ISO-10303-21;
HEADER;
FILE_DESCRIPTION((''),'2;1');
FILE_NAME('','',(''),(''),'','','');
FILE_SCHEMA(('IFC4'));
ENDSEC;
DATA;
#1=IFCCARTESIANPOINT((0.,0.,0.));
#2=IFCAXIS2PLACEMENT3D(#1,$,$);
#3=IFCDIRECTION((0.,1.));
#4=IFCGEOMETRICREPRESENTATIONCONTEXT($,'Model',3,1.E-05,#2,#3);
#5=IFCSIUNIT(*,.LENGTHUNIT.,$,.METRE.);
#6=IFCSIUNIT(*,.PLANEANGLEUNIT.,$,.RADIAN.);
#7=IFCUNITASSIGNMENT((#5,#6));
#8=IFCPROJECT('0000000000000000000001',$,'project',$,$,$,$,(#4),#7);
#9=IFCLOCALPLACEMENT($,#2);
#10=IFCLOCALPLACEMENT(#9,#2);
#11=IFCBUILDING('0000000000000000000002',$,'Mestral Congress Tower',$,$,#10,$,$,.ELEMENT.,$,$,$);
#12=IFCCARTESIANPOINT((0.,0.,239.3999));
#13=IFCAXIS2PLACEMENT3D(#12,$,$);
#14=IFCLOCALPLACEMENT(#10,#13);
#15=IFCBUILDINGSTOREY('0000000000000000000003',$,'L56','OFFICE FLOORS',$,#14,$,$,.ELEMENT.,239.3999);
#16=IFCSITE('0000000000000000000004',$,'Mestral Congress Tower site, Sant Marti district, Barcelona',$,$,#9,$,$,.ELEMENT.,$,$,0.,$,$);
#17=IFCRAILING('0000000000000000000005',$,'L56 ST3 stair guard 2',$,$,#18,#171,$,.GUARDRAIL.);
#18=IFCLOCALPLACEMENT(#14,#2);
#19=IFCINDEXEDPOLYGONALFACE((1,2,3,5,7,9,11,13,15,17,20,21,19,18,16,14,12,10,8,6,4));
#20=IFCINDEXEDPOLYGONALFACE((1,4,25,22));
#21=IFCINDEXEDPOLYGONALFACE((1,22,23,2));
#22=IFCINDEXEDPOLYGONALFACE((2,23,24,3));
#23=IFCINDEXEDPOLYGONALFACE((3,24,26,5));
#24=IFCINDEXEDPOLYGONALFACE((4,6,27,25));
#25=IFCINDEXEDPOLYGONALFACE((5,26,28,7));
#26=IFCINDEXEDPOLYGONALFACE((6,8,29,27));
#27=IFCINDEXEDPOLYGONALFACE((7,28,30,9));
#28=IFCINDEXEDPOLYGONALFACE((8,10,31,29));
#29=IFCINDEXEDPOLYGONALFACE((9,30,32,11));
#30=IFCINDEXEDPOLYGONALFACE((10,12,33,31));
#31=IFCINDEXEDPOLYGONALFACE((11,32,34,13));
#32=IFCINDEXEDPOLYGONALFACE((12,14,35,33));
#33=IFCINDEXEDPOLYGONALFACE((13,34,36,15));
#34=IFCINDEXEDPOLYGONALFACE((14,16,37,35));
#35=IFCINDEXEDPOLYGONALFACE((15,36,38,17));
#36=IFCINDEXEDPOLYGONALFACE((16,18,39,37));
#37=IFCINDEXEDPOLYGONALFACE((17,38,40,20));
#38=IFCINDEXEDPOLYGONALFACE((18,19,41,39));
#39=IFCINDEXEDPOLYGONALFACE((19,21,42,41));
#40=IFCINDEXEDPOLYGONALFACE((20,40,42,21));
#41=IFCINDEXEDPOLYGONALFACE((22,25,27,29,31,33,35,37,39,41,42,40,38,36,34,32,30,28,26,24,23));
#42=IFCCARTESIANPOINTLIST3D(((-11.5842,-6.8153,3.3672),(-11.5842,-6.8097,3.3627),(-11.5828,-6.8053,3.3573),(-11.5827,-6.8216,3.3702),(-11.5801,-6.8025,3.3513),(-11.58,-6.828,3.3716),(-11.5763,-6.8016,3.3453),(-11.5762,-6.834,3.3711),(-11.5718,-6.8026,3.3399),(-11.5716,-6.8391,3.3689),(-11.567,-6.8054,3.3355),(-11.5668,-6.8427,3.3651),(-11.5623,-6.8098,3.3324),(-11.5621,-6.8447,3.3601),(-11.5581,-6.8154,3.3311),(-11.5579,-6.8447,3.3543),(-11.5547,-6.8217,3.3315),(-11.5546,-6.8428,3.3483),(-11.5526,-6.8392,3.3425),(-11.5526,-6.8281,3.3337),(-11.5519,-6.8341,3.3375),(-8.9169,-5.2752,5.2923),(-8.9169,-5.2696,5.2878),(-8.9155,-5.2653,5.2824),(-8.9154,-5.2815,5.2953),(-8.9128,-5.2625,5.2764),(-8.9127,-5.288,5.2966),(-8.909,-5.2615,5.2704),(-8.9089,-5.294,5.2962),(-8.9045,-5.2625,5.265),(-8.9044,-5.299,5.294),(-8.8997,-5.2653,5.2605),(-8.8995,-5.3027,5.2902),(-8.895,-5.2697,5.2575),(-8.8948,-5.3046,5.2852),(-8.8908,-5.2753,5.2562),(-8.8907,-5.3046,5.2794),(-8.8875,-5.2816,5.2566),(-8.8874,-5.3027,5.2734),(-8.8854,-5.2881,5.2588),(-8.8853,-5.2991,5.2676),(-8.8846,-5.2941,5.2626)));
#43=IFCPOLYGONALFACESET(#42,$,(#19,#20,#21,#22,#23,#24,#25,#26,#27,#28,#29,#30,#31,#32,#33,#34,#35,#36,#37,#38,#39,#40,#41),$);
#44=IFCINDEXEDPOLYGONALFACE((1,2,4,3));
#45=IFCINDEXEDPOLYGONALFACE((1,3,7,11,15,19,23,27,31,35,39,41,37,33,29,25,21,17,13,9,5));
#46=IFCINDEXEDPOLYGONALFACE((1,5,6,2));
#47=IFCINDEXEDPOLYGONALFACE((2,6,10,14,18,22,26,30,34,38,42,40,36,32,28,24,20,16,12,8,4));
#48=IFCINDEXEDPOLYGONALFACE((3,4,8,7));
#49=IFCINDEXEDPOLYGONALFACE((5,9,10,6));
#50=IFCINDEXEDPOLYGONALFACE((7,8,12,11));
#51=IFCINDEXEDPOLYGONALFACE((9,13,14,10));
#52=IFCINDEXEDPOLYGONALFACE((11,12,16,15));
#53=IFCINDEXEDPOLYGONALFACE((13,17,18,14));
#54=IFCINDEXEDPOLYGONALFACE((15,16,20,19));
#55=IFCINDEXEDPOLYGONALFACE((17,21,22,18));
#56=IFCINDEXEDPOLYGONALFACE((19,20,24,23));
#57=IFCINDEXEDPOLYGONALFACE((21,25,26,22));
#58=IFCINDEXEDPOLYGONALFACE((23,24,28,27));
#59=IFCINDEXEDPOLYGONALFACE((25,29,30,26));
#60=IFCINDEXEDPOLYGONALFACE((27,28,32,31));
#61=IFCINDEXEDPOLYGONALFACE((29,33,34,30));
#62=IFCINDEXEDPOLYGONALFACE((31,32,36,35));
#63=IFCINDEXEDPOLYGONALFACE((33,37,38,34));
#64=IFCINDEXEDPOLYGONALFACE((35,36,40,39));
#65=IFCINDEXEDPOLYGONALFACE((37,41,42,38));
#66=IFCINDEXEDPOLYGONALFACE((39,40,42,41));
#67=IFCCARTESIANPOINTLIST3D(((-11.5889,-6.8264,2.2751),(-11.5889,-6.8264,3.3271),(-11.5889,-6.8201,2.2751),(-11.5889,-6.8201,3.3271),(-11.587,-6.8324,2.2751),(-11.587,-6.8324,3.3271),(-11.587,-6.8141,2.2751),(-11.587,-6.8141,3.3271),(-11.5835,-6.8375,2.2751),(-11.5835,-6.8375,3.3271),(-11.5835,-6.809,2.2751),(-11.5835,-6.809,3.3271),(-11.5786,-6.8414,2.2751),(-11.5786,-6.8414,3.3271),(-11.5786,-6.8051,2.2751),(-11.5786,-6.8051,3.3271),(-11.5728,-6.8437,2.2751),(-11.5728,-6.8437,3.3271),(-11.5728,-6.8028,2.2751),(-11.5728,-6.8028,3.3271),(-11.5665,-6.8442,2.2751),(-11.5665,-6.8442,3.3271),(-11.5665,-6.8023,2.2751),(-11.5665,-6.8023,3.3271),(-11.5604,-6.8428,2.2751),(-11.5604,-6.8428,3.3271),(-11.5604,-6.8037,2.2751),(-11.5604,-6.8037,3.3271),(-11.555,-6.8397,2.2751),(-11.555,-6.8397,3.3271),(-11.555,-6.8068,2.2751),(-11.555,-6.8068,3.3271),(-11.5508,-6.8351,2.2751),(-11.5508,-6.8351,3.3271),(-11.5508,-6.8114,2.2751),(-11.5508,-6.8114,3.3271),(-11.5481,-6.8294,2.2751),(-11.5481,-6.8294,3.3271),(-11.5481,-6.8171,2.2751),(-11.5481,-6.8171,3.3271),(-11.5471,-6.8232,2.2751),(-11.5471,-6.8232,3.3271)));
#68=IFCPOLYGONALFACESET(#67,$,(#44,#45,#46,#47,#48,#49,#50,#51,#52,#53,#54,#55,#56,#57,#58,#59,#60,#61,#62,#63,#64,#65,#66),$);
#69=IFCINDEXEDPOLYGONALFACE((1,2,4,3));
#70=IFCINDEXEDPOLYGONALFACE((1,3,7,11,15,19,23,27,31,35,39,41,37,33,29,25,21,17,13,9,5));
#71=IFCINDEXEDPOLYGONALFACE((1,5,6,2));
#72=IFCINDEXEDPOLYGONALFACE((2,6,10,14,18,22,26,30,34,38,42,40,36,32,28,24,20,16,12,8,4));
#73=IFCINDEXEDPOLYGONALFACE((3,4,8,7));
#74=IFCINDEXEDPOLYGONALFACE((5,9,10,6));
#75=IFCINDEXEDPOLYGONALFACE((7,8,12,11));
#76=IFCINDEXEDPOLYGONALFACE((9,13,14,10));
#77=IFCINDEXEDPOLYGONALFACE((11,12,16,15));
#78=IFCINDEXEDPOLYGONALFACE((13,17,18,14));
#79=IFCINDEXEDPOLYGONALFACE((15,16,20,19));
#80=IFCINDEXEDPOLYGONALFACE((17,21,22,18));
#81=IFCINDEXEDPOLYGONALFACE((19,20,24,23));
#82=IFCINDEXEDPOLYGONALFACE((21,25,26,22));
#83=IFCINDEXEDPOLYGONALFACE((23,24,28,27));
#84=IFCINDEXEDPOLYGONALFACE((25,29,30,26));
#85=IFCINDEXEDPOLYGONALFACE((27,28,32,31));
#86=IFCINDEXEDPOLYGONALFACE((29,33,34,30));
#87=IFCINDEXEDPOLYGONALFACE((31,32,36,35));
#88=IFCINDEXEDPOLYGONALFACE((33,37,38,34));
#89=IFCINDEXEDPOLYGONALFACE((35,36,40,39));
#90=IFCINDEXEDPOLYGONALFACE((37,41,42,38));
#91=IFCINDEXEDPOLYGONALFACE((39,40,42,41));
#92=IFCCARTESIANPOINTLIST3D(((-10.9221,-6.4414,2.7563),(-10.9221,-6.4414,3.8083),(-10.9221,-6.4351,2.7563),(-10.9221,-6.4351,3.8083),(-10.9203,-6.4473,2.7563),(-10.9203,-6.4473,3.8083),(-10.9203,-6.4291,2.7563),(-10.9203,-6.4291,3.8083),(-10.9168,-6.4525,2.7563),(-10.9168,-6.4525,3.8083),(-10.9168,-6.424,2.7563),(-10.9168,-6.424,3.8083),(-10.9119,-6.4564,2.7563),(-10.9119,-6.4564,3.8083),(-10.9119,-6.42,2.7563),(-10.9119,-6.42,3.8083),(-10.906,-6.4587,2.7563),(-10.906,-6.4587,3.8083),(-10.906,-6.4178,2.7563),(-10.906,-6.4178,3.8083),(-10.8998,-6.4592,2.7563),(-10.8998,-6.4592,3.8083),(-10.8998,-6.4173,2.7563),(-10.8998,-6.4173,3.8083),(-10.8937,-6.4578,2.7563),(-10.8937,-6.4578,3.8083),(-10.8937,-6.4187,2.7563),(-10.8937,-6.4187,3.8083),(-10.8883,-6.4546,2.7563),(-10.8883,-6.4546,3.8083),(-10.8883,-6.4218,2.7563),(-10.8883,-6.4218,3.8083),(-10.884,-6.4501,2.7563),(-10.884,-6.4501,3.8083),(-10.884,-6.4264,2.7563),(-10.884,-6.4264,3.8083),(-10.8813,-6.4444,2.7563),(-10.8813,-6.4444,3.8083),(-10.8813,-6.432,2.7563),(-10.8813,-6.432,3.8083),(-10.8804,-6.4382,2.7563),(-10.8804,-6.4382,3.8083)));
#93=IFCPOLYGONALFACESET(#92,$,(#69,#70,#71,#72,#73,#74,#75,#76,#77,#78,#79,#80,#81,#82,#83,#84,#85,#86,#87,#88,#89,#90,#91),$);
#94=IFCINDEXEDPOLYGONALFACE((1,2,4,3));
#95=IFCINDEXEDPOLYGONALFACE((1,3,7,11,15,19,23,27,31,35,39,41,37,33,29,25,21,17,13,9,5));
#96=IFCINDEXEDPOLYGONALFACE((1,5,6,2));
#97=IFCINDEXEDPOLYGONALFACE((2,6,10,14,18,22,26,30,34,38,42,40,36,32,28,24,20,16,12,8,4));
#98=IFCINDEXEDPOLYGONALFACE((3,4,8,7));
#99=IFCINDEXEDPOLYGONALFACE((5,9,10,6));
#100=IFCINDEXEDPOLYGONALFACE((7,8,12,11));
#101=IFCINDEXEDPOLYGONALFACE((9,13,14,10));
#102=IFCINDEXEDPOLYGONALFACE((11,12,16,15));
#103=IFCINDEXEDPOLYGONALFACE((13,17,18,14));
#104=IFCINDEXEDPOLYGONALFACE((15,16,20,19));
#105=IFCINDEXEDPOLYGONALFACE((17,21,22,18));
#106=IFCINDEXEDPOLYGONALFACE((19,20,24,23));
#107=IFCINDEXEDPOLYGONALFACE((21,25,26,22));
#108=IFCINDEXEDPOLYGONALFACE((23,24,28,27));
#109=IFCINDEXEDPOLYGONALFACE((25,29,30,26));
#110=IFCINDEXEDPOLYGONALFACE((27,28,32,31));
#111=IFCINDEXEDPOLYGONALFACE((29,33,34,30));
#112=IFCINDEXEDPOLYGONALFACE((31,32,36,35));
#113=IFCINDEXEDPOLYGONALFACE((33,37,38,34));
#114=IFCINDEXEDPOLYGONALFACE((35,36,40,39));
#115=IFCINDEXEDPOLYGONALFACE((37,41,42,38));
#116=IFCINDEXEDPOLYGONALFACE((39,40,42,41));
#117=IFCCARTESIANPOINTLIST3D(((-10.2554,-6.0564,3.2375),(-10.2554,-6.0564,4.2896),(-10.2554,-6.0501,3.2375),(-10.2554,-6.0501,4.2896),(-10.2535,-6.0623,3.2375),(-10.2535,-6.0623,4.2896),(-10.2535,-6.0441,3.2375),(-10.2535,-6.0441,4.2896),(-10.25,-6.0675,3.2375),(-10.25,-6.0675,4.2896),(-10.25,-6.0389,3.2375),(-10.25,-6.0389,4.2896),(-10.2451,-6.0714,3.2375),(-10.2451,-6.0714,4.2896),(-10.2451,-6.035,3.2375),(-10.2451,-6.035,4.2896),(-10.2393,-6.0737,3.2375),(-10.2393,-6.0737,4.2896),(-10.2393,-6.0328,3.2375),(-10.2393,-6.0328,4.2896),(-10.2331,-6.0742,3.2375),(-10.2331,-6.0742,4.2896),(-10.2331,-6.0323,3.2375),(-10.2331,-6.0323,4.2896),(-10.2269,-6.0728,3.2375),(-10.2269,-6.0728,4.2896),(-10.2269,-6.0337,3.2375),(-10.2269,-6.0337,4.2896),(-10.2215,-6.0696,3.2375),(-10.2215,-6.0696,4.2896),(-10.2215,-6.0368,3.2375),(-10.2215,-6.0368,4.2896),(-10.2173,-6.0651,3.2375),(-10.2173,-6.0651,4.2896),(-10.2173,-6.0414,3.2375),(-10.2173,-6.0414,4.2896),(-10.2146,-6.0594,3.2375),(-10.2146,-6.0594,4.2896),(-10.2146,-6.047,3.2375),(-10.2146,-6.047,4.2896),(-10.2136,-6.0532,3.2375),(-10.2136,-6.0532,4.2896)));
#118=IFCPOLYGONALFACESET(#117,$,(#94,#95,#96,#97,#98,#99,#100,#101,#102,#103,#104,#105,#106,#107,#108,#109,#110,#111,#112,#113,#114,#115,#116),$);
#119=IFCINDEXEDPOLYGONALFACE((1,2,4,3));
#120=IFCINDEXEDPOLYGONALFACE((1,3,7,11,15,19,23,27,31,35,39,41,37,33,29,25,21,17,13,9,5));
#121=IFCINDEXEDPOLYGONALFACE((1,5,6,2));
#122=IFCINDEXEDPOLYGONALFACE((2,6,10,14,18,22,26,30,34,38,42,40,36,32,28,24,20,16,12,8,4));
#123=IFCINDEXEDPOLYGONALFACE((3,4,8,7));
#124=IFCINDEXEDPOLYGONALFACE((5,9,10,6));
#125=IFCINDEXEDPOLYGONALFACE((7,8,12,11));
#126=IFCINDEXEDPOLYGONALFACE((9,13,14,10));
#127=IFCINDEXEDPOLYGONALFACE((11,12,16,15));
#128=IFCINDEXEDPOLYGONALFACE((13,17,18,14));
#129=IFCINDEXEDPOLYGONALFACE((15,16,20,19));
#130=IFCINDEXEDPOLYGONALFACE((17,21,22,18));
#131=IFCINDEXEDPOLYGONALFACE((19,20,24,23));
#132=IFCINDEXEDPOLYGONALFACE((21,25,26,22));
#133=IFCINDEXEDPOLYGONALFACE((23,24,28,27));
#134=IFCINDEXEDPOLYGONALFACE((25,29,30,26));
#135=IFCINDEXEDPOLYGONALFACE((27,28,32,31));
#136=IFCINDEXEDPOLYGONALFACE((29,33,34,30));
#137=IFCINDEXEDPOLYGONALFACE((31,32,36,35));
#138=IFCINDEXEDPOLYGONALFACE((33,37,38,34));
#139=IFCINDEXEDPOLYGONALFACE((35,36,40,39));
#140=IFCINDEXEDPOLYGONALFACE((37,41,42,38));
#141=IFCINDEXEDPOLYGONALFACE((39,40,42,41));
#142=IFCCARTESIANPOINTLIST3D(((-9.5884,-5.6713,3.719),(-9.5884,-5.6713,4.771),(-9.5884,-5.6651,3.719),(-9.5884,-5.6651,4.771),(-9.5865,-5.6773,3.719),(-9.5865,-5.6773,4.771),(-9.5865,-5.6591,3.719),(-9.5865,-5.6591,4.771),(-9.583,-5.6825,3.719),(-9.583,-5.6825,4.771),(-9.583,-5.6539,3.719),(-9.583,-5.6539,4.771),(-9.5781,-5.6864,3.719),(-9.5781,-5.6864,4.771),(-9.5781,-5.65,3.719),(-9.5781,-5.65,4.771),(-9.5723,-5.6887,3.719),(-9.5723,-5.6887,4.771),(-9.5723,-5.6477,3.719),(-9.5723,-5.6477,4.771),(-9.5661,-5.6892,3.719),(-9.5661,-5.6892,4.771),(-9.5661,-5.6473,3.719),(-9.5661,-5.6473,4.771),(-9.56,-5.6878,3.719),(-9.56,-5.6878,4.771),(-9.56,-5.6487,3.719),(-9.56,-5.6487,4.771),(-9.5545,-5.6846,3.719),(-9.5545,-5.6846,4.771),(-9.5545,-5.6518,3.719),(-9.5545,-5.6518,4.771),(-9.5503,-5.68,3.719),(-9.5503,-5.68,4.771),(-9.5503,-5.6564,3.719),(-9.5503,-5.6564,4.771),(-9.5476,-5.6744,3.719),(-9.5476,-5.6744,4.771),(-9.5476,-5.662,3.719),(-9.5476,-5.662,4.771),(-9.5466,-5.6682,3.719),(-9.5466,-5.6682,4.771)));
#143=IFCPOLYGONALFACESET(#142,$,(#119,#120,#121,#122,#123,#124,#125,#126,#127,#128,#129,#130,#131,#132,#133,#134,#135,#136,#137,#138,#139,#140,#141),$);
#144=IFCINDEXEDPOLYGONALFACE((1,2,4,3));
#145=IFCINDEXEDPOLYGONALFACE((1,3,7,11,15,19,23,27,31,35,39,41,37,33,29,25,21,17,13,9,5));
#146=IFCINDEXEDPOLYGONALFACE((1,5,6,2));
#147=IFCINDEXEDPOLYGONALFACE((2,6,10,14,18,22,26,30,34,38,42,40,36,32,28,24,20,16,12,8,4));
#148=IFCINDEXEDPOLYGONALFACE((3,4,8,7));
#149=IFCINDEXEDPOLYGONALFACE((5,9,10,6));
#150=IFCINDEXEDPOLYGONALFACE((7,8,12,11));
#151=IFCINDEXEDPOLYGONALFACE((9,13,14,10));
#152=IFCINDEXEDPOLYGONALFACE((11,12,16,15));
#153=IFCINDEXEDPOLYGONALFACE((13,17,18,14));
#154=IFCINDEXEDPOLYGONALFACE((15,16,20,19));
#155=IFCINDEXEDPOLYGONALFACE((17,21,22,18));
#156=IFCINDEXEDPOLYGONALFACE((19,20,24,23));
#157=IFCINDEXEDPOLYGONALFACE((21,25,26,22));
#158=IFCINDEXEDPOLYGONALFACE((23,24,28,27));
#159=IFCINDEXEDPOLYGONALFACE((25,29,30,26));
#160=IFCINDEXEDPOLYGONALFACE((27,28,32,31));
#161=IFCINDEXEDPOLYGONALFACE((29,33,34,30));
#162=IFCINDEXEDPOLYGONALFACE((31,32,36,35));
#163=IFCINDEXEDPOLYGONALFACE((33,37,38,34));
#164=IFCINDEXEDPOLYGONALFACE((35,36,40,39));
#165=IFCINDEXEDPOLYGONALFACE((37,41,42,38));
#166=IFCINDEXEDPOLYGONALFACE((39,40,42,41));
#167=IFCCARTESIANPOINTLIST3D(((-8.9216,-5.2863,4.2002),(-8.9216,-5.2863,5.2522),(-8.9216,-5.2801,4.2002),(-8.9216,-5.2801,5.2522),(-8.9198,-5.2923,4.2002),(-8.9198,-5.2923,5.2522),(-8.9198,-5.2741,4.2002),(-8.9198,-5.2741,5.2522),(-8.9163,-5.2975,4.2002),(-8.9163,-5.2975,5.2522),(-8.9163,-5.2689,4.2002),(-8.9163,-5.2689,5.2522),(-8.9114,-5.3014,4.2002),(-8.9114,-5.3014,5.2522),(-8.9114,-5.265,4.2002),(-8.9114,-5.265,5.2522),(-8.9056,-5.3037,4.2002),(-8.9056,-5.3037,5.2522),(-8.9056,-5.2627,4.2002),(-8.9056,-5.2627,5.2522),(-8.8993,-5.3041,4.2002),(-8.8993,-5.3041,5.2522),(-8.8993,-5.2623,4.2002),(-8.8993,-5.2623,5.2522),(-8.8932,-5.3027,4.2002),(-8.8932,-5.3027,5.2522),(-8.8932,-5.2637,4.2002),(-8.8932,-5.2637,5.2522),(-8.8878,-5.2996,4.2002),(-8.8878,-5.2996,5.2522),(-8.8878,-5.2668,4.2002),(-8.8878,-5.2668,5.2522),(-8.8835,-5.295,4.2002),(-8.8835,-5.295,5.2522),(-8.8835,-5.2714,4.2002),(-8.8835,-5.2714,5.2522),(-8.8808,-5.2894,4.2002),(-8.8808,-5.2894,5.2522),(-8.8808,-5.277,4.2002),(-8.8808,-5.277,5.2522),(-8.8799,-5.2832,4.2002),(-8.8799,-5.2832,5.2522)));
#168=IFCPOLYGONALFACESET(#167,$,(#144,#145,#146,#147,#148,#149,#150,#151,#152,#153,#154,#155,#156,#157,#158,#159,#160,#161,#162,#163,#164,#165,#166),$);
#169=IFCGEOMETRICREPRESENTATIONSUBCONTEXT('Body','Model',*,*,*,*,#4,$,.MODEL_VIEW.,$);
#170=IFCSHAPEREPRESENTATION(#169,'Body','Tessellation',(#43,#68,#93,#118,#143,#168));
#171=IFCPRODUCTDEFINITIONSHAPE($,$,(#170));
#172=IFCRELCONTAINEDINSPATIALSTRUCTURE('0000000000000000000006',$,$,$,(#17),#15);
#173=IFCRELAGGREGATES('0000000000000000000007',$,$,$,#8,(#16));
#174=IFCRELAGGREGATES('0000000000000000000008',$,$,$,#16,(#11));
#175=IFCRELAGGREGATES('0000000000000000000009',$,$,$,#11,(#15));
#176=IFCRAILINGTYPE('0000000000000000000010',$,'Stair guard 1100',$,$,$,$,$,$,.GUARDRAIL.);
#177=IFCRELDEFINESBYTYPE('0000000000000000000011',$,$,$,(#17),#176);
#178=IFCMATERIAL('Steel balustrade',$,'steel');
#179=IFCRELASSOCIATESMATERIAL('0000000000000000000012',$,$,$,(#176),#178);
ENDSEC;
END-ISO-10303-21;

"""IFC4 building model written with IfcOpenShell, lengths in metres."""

from ifc_helpers import new_model, si_unit, direction, frame, origin, origin_2d, place, context, subcontext, project, spatial, circle, extrude, material, type_object, element, save


model = new_model("IFC4")

# Units and contexts
model_context = context("Model", 3, precision=1e-05, world=origin(), true_north=direction((0.0, 1.0)))
body_context = subcontext(model_context, "Body", "Model", "MODEL_VIEW")
ifc_project = project(units=[si_unit("LENGTHUNIT", "METRE"), si_unit("PLANEANGLEUNIT", "RADIAN")], contexts=[model_context])

# Site, building, storey
site_placement = place(None, origin())
site = spatial("IfcSite", under=ifc_project, at=site_placement, Name="Mestral Congress Tower site, Sant Marti district, Barcelona", CompositionType="ELEMENT", RefElevation=0.0)
building_placement = place(site_placement, origin())
building = spatial("IfcBuilding", under=site, at=building_placement, Name="Mestral Congress Tower", CompositionType="ELEMENT")
storey_placement = place(building_placement, frame((0.0, 0.0, 239.3999)))
storey = spatial("IfcBuildingStorey", under=building, at=storey_placement, Name="L56", Description="OFFICE FLOORS", CompositionType="ELEMENT", Elevation=239.3999)

# Railing
ifc_material_1 = material(Name="Steel balustrade", Category="steel")
railing_type_1 = type_object("IfcRailingType", Name="Stair guard 1100", PredefinedType="GUARDRAIL", material=ifc_material_1)
railing_1_placement = place(storey_placement, frame((-11.5681, -6.8232, 2.2751)))
element("IfcRailing", 1, at=railing_1_placement, inside=storey, type_object=railing_type_1, Name="L56 ST3 stair guard 2", PredefinedType="GUARDRAIL", context=body_context, shape_type="SweptSolid", body=[
    extrude(circle(Radius=0.0239, at=origin_2d()), frame((0.0, 0.0, 1.0762), z_axis=(0.734364, 0.424015, 0.530019), x_axis=(-0.500027, 0.86601, 0.0)), (0.0, 0.0, 1.0), 3.6321),
    extrude(circle(Radius=0.021, at=origin_2d()), origin(), (0.0, 0.0, 1.0), 1.052),
    extrude(circle(Radius=0.021, at=origin_2d()), frame((0.6667, 0.385, 0.4812)), (0.0, 0.0, 1.0), 1.052),
    extrude(circle(Radius=0.021, at=origin_2d()), frame((1.3335, 0.77, 0.9624)), (0.0, 0.0, 1.0), 1.052),
    extrude(circle(Radius=0.021, at=origin_2d()), frame((2.0005, 1.155, 1.4438)), (0.0, 0.0, 1.0), 1.052),
    extrude(circle(Radius=0.021, at=origin_2d()), frame((2.6672, 1.54, 1.925)), (0.0, 0.0, 1.0), 1.052),
])

save(model, "model.ifc")
